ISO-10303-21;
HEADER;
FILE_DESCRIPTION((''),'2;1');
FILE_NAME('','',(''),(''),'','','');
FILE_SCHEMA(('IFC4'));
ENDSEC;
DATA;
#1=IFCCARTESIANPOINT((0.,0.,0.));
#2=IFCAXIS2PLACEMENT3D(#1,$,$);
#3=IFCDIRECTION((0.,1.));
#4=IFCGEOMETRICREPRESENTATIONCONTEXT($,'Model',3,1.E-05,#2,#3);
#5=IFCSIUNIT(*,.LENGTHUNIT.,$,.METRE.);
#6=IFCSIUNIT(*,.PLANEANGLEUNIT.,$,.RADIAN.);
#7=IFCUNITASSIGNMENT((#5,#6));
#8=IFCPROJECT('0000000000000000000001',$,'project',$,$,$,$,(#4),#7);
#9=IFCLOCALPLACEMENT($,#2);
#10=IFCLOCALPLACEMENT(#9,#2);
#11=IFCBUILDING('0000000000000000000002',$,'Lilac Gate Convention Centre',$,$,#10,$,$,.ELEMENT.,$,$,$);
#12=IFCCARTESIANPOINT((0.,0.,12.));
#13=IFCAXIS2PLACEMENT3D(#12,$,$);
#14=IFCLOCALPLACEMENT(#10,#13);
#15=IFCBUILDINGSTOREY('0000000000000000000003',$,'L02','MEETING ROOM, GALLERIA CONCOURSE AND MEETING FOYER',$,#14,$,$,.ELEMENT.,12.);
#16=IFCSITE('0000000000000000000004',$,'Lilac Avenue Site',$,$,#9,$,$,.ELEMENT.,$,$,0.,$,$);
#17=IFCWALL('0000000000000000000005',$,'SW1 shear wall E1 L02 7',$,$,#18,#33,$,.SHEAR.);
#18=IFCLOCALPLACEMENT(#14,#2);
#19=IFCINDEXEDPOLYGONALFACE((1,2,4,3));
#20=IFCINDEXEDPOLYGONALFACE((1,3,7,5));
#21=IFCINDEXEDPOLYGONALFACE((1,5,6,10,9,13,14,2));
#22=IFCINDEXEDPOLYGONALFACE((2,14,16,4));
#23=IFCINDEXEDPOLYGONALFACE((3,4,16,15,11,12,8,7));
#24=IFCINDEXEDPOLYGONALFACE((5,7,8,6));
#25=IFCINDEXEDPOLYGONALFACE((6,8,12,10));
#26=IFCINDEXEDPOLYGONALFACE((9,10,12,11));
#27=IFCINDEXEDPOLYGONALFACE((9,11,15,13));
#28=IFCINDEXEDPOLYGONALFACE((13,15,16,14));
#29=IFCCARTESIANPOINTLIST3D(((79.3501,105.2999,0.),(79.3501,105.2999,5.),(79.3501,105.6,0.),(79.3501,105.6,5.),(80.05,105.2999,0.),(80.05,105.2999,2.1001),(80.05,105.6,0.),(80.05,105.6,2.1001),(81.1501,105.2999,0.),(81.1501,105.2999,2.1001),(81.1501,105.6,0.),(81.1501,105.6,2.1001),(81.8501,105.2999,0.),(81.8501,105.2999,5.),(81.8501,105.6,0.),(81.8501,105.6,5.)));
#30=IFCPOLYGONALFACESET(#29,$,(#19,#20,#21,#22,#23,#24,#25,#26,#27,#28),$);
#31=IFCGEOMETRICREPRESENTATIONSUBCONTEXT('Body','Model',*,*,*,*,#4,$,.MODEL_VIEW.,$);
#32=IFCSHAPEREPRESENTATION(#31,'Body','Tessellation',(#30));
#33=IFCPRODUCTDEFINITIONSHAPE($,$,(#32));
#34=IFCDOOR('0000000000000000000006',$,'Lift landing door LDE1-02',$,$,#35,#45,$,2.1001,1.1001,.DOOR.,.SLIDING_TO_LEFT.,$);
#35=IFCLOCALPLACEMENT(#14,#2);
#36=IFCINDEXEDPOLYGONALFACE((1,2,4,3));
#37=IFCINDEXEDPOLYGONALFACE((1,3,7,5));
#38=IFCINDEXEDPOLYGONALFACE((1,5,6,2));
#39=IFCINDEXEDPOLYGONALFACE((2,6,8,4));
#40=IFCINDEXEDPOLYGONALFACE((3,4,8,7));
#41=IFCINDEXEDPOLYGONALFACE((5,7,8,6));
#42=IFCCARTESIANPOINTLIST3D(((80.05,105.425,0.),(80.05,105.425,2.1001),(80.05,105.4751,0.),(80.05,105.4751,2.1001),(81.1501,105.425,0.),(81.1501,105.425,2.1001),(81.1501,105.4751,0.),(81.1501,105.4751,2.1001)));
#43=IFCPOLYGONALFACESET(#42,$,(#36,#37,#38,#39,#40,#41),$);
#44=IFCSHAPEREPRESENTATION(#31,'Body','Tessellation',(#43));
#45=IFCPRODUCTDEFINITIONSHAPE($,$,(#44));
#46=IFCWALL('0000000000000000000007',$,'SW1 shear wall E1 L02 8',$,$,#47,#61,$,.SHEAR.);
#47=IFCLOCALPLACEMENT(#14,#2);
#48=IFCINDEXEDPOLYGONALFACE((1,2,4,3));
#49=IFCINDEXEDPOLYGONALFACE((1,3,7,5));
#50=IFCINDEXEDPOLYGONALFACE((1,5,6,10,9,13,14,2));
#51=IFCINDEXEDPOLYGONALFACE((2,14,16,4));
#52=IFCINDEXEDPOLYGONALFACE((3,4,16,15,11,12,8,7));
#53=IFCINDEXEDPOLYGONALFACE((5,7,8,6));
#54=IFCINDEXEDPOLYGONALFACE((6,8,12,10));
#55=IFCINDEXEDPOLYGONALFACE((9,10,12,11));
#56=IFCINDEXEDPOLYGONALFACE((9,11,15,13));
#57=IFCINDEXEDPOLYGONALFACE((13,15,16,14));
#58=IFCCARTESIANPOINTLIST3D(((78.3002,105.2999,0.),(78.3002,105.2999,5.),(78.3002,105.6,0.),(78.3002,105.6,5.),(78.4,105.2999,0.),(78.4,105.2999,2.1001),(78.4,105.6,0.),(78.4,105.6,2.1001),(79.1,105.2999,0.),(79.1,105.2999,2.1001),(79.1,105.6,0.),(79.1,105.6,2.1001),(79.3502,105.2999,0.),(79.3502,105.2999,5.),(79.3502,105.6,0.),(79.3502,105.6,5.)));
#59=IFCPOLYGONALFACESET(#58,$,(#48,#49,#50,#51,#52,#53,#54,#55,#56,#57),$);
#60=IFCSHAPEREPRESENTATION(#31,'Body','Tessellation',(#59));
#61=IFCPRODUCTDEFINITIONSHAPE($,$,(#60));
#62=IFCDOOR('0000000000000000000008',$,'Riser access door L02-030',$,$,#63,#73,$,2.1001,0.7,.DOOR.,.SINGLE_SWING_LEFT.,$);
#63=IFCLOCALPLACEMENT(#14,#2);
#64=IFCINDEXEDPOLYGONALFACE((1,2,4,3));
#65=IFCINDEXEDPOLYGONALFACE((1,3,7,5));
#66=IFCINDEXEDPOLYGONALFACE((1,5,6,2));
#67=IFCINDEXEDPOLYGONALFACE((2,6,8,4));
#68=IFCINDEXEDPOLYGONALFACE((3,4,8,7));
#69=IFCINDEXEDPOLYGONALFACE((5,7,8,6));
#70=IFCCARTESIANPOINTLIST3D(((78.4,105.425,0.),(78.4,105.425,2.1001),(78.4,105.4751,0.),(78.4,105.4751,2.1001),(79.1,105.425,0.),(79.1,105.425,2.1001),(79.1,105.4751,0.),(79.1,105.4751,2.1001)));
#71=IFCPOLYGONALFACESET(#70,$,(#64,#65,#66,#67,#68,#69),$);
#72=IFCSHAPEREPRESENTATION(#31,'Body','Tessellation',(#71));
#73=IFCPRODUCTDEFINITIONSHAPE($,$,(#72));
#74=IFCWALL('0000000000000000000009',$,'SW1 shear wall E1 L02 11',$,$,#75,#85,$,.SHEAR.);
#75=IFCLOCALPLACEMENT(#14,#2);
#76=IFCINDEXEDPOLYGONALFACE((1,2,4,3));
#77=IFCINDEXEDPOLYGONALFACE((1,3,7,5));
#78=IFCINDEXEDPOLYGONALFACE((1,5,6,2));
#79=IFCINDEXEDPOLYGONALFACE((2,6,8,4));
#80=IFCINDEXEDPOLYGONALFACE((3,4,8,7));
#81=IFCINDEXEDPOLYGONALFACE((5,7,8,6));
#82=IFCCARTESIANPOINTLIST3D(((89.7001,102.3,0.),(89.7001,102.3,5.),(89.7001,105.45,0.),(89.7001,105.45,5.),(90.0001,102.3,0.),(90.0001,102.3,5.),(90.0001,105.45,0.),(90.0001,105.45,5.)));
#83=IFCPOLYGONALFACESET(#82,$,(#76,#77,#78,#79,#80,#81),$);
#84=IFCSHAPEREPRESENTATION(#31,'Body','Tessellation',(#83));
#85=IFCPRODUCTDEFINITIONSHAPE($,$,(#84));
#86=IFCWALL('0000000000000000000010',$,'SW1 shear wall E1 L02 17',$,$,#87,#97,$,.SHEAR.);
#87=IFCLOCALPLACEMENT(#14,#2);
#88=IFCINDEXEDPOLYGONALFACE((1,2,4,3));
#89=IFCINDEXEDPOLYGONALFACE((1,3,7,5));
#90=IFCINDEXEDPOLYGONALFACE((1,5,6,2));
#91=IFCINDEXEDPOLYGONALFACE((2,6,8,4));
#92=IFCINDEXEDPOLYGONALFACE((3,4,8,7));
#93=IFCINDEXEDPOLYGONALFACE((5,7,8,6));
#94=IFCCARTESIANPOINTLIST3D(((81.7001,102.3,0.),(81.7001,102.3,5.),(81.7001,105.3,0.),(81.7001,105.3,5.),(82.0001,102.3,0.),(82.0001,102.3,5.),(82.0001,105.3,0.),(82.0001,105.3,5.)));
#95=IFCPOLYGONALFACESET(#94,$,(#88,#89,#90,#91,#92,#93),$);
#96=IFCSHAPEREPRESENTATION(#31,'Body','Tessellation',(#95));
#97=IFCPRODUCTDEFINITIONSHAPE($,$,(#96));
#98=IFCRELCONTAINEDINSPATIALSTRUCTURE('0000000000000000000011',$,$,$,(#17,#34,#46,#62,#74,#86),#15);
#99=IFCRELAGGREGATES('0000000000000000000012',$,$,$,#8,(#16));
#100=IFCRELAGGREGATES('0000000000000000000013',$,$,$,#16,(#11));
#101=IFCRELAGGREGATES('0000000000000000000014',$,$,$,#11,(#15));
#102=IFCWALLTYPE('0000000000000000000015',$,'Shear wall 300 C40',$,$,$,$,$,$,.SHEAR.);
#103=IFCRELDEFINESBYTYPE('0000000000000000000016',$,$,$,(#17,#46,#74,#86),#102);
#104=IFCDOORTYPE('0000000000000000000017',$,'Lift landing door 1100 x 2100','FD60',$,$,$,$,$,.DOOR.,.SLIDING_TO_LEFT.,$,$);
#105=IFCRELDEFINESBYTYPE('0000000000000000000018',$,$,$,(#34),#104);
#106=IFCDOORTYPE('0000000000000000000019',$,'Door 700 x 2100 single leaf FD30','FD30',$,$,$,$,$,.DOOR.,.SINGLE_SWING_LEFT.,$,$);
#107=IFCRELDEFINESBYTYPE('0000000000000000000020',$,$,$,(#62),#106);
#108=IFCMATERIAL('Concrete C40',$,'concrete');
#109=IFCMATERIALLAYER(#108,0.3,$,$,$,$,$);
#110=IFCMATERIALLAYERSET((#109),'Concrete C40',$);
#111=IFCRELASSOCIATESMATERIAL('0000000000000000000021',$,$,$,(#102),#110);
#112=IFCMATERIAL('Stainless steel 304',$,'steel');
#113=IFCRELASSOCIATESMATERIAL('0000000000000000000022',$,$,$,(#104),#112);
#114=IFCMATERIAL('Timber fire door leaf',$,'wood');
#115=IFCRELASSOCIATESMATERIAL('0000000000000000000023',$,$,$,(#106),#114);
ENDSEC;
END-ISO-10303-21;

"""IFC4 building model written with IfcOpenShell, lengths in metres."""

from ifc_helpers import new_model, si_unit, direction, frame, frame_2d, origin, place, context, subcontext, project, spatial, rectangle, extrude, material, layer, layer_set, type_object, element, fill, save


model = new_model("IFC4")

# Units and contexts
model_context = context("Model", 3, precision=1e-05, world=origin(), true_north=direction((0.0, 1.0)))
body_context = subcontext(model_context, "Body", "Model", "MODEL_VIEW")
ifc_project = project(units=[si_unit("LENGTHUNIT", "METRE"), si_unit("PLANEANGLEUNIT", "RADIAN")], contexts=[model_context])

# Site, building, storey
site_placement = place(None, origin())
site = spatial("IfcSite", under=ifc_project, at=site_placement, Name="Lilac Avenue Site", CompositionType="ELEMENT", RefElevation=0.0)
building_placement = place(site_placement, origin())
building = spatial("IfcBuilding", under=site, at=building_placement, Name="Lilac Gate Convention Centre", CompositionType="ELEMENT")
storey_placement = place(building_placement, frame((0.0, 0.0, 12.0)))
storey = spatial("IfcBuildingStorey", under=building, at=storey_placement, Name="L02", Description="MEETING ROOM, GALLERIA CONCOURSE AND MEETING FOYER", CompositionType="ELEMENT", Elevation=12.0)

# Shared definitions
ifc_material_1 = material(Name="Concrete C40", Category="concrete")

# Shared definitions
ifc_layer_1 = layer(ifc_material_1, 0.3)
ifc_layer_set_1 = layer_set([ifc_layer_1], Name="Concrete C40")
wall_type = type_object("IfcWallType", Name="Shear wall 300 C40", PredefinedType="SHEAR", material=ifc_layer_set_1)

# Walls, openings, doors
ifc_material_2 = material(Name="Timber fire door leaf", Category="wood")
wall_1_placement = place(storey_placement, frame((81.8501, 105.45, 0.0), z_axis=(0.0, 0.0, 1.0), x_axis=(-1.0, 0.0, 0.0)))
wall_1 = element("IfcWall", 1, at=wall_1_placement, inside=storey, type_object=wall_type, Name="SW1 shear wall E1 L02 7", PredefinedType="SHEAR", context=body_context, shape_type="SweptSolid", body=[
    extrude(rectangle(XDim=2.5, YDim=0.3, at=frame_2d((1.25, 0.0))), origin(), (0.0, 0.0, 1.0), 5.0),
])
opening_1_placement = place(wall_1_placement, frame((0.7, 0.0, 0.0)))
opening_1 = element("IfcOpeningElement", 2, at=opening_1_placement, cuts=wall_1, PredefinedType="OPENING", context=body_context, shape_type="SweptSolid", body=[
    extrude(rectangle(XDim=1.1001, YDim=2.1001, at=frame_2d((0.55, 1.05))), frame((0.0, 0.1599, 0.0), z_axis=(0.0, -1.0, 0.0), x_axis=(1.0, 0.0, 0.0)), (0.0, 0.0, 1.0), 0.3201),
])
ifc_material_3 = material(Name="Stainless steel 304", Category="steel")
door_type_1 = type_object("IfcDoorType", Name="Lift landing door 1100 x 2100", Description="FD60", OperationType="SLIDING_TO_LEFT", PredefinedType="DOOR", material=ifc_material_3)
door_1_placement = place(opening_1_placement, origin())
door_1 = element("IfcDoor", 3, at=door_1_placement, inside=storey, type_object=door_type_1, Name="Lift landing door LDE1-02", OperationType="SLIDING_TO_LEFT", OverallHeight=2.1001, OverallWidth=1.1001, PredefinedType="DOOR", context=body_context, shape_type="SweptSolid", body=[
    extrude(rectangle(XDim=1.1001, YDim=2.1001, at=frame_2d((0.55, 1.05))), frame((0.0, 0.0249, 0.0), z_axis=(0.0, -1.0, 0.0), x_axis=(1.0, 0.0, 0.0)), (0.0, 0.0, 1.0), 0.05),
])
fill(opening_1, door_1)
wall_2_placement = place(storey_placement, frame((79.3501, 105.45, 0.0), z_axis=(0.0, 0.0, 1.0), x_axis=(-1.0, 0.0, 0.0)))
wall_2 = element("IfcWall", 4, at=wall_2_placement, inside=storey, type_object=wall_type, Name="SW1 shear wall E1 L02 8", PredefinedType="SHEAR", context=body_context, shape_type="SweptSolid", body=[
    extrude(rectangle(XDim=1.05, YDim=0.3, at=frame_2d((0.5249, 0.0))), origin(), (0.0, 0.0, 1.0), 5.0),
])
opening_2_placement = place(wall_2_placement, frame((0.25, 0.0, 0.0)))
opening_2 = element("IfcOpeningElement", 5, at=opening_2_placement, cuts=wall_2, PredefinedType="OPENING", context=body_context, shape_type="SweptSolid", body=[
    extrude(rectangle(XDim=0.7, YDim=2.1001, at=frame_2d((0.3501, 1.05))), frame((0.0, 0.1599, 0.0), z_axis=(0.0, -1.0, 0.0), x_axis=(1.0, 0.0, 0.0)), (0.0, 0.0, 1.0), 0.3201),
])
door_type_2 = type_object("IfcDoorType", Name="Door 700 x 2100 single leaf FD30", Description="FD30", OperationType="SINGLE_SWING_LEFT", PredefinedType="DOOR", material=ifc_material_2)
door_2_placement = place(opening_2_placement, origin())
door_2 = element("IfcDoor", 6, at=door_2_placement, inside=storey, type_object=door_type_2, Name="Riser access door L02-030", OperationType="SINGLE_SWING_LEFT", OverallHeight=2.1001, OverallWidth=0.7, PredefinedType="DOOR", context=body_context, shape_type="SweptSolid", body=[
    extrude(rectangle(XDim=0.7, YDim=2.1001, at=frame_2d((0.3501, 1.05))), frame((0.0, 0.0249, 0.0), z_axis=(0.0, -1.0, 0.0), x_axis=(1.0, 0.0, 0.0)), (0.0, 0.0, 1.0), 0.05),
])
fill(opening_2, door_2)

# Walls
wall_3_placement = place(storey_placement, frame((89.8501, 102.3, 0.0), z_axis=(0.0, 0.0, 1.0), x_axis=(0.0, 1.0, 0.0)))
element("IfcWall", 7, at=wall_3_placement, inside=storey, type_object=wall_type, Name="SW1 shear wall E1 L02 11", PredefinedType="SHEAR", context=body_context, shape_type="SweptSolid", body=[
    extrude(rectangle(XDim=3.1499, YDim=0.3, at=frame_2d((1.575, 0.0))), origin(), (0.0, 0.0, 1.0), 5.0),
])
wall_4_placement = place(storey_placement, frame((81.8501, 102.3, 0.0), z_axis=(0.0, 0.0, 1.0), x_axis=(0.0, 1.0, 0.0)))
element("IfcWall", 8, at=wall_4_placement, inside=storey, type_object=wall_type, Name="SW1 shear wall E1 L02 17", PredefinedType="SHEAR", context=body_context, shape_type="SweptSolid", body=[
    extrude(rectangle(XDim=3.0, YDim=0.3, at=frame_2d((1.5, 0.0))), origin(), (0.0, 0.0, 1.0), 5.0),
])

save(model, "model.ifc")
